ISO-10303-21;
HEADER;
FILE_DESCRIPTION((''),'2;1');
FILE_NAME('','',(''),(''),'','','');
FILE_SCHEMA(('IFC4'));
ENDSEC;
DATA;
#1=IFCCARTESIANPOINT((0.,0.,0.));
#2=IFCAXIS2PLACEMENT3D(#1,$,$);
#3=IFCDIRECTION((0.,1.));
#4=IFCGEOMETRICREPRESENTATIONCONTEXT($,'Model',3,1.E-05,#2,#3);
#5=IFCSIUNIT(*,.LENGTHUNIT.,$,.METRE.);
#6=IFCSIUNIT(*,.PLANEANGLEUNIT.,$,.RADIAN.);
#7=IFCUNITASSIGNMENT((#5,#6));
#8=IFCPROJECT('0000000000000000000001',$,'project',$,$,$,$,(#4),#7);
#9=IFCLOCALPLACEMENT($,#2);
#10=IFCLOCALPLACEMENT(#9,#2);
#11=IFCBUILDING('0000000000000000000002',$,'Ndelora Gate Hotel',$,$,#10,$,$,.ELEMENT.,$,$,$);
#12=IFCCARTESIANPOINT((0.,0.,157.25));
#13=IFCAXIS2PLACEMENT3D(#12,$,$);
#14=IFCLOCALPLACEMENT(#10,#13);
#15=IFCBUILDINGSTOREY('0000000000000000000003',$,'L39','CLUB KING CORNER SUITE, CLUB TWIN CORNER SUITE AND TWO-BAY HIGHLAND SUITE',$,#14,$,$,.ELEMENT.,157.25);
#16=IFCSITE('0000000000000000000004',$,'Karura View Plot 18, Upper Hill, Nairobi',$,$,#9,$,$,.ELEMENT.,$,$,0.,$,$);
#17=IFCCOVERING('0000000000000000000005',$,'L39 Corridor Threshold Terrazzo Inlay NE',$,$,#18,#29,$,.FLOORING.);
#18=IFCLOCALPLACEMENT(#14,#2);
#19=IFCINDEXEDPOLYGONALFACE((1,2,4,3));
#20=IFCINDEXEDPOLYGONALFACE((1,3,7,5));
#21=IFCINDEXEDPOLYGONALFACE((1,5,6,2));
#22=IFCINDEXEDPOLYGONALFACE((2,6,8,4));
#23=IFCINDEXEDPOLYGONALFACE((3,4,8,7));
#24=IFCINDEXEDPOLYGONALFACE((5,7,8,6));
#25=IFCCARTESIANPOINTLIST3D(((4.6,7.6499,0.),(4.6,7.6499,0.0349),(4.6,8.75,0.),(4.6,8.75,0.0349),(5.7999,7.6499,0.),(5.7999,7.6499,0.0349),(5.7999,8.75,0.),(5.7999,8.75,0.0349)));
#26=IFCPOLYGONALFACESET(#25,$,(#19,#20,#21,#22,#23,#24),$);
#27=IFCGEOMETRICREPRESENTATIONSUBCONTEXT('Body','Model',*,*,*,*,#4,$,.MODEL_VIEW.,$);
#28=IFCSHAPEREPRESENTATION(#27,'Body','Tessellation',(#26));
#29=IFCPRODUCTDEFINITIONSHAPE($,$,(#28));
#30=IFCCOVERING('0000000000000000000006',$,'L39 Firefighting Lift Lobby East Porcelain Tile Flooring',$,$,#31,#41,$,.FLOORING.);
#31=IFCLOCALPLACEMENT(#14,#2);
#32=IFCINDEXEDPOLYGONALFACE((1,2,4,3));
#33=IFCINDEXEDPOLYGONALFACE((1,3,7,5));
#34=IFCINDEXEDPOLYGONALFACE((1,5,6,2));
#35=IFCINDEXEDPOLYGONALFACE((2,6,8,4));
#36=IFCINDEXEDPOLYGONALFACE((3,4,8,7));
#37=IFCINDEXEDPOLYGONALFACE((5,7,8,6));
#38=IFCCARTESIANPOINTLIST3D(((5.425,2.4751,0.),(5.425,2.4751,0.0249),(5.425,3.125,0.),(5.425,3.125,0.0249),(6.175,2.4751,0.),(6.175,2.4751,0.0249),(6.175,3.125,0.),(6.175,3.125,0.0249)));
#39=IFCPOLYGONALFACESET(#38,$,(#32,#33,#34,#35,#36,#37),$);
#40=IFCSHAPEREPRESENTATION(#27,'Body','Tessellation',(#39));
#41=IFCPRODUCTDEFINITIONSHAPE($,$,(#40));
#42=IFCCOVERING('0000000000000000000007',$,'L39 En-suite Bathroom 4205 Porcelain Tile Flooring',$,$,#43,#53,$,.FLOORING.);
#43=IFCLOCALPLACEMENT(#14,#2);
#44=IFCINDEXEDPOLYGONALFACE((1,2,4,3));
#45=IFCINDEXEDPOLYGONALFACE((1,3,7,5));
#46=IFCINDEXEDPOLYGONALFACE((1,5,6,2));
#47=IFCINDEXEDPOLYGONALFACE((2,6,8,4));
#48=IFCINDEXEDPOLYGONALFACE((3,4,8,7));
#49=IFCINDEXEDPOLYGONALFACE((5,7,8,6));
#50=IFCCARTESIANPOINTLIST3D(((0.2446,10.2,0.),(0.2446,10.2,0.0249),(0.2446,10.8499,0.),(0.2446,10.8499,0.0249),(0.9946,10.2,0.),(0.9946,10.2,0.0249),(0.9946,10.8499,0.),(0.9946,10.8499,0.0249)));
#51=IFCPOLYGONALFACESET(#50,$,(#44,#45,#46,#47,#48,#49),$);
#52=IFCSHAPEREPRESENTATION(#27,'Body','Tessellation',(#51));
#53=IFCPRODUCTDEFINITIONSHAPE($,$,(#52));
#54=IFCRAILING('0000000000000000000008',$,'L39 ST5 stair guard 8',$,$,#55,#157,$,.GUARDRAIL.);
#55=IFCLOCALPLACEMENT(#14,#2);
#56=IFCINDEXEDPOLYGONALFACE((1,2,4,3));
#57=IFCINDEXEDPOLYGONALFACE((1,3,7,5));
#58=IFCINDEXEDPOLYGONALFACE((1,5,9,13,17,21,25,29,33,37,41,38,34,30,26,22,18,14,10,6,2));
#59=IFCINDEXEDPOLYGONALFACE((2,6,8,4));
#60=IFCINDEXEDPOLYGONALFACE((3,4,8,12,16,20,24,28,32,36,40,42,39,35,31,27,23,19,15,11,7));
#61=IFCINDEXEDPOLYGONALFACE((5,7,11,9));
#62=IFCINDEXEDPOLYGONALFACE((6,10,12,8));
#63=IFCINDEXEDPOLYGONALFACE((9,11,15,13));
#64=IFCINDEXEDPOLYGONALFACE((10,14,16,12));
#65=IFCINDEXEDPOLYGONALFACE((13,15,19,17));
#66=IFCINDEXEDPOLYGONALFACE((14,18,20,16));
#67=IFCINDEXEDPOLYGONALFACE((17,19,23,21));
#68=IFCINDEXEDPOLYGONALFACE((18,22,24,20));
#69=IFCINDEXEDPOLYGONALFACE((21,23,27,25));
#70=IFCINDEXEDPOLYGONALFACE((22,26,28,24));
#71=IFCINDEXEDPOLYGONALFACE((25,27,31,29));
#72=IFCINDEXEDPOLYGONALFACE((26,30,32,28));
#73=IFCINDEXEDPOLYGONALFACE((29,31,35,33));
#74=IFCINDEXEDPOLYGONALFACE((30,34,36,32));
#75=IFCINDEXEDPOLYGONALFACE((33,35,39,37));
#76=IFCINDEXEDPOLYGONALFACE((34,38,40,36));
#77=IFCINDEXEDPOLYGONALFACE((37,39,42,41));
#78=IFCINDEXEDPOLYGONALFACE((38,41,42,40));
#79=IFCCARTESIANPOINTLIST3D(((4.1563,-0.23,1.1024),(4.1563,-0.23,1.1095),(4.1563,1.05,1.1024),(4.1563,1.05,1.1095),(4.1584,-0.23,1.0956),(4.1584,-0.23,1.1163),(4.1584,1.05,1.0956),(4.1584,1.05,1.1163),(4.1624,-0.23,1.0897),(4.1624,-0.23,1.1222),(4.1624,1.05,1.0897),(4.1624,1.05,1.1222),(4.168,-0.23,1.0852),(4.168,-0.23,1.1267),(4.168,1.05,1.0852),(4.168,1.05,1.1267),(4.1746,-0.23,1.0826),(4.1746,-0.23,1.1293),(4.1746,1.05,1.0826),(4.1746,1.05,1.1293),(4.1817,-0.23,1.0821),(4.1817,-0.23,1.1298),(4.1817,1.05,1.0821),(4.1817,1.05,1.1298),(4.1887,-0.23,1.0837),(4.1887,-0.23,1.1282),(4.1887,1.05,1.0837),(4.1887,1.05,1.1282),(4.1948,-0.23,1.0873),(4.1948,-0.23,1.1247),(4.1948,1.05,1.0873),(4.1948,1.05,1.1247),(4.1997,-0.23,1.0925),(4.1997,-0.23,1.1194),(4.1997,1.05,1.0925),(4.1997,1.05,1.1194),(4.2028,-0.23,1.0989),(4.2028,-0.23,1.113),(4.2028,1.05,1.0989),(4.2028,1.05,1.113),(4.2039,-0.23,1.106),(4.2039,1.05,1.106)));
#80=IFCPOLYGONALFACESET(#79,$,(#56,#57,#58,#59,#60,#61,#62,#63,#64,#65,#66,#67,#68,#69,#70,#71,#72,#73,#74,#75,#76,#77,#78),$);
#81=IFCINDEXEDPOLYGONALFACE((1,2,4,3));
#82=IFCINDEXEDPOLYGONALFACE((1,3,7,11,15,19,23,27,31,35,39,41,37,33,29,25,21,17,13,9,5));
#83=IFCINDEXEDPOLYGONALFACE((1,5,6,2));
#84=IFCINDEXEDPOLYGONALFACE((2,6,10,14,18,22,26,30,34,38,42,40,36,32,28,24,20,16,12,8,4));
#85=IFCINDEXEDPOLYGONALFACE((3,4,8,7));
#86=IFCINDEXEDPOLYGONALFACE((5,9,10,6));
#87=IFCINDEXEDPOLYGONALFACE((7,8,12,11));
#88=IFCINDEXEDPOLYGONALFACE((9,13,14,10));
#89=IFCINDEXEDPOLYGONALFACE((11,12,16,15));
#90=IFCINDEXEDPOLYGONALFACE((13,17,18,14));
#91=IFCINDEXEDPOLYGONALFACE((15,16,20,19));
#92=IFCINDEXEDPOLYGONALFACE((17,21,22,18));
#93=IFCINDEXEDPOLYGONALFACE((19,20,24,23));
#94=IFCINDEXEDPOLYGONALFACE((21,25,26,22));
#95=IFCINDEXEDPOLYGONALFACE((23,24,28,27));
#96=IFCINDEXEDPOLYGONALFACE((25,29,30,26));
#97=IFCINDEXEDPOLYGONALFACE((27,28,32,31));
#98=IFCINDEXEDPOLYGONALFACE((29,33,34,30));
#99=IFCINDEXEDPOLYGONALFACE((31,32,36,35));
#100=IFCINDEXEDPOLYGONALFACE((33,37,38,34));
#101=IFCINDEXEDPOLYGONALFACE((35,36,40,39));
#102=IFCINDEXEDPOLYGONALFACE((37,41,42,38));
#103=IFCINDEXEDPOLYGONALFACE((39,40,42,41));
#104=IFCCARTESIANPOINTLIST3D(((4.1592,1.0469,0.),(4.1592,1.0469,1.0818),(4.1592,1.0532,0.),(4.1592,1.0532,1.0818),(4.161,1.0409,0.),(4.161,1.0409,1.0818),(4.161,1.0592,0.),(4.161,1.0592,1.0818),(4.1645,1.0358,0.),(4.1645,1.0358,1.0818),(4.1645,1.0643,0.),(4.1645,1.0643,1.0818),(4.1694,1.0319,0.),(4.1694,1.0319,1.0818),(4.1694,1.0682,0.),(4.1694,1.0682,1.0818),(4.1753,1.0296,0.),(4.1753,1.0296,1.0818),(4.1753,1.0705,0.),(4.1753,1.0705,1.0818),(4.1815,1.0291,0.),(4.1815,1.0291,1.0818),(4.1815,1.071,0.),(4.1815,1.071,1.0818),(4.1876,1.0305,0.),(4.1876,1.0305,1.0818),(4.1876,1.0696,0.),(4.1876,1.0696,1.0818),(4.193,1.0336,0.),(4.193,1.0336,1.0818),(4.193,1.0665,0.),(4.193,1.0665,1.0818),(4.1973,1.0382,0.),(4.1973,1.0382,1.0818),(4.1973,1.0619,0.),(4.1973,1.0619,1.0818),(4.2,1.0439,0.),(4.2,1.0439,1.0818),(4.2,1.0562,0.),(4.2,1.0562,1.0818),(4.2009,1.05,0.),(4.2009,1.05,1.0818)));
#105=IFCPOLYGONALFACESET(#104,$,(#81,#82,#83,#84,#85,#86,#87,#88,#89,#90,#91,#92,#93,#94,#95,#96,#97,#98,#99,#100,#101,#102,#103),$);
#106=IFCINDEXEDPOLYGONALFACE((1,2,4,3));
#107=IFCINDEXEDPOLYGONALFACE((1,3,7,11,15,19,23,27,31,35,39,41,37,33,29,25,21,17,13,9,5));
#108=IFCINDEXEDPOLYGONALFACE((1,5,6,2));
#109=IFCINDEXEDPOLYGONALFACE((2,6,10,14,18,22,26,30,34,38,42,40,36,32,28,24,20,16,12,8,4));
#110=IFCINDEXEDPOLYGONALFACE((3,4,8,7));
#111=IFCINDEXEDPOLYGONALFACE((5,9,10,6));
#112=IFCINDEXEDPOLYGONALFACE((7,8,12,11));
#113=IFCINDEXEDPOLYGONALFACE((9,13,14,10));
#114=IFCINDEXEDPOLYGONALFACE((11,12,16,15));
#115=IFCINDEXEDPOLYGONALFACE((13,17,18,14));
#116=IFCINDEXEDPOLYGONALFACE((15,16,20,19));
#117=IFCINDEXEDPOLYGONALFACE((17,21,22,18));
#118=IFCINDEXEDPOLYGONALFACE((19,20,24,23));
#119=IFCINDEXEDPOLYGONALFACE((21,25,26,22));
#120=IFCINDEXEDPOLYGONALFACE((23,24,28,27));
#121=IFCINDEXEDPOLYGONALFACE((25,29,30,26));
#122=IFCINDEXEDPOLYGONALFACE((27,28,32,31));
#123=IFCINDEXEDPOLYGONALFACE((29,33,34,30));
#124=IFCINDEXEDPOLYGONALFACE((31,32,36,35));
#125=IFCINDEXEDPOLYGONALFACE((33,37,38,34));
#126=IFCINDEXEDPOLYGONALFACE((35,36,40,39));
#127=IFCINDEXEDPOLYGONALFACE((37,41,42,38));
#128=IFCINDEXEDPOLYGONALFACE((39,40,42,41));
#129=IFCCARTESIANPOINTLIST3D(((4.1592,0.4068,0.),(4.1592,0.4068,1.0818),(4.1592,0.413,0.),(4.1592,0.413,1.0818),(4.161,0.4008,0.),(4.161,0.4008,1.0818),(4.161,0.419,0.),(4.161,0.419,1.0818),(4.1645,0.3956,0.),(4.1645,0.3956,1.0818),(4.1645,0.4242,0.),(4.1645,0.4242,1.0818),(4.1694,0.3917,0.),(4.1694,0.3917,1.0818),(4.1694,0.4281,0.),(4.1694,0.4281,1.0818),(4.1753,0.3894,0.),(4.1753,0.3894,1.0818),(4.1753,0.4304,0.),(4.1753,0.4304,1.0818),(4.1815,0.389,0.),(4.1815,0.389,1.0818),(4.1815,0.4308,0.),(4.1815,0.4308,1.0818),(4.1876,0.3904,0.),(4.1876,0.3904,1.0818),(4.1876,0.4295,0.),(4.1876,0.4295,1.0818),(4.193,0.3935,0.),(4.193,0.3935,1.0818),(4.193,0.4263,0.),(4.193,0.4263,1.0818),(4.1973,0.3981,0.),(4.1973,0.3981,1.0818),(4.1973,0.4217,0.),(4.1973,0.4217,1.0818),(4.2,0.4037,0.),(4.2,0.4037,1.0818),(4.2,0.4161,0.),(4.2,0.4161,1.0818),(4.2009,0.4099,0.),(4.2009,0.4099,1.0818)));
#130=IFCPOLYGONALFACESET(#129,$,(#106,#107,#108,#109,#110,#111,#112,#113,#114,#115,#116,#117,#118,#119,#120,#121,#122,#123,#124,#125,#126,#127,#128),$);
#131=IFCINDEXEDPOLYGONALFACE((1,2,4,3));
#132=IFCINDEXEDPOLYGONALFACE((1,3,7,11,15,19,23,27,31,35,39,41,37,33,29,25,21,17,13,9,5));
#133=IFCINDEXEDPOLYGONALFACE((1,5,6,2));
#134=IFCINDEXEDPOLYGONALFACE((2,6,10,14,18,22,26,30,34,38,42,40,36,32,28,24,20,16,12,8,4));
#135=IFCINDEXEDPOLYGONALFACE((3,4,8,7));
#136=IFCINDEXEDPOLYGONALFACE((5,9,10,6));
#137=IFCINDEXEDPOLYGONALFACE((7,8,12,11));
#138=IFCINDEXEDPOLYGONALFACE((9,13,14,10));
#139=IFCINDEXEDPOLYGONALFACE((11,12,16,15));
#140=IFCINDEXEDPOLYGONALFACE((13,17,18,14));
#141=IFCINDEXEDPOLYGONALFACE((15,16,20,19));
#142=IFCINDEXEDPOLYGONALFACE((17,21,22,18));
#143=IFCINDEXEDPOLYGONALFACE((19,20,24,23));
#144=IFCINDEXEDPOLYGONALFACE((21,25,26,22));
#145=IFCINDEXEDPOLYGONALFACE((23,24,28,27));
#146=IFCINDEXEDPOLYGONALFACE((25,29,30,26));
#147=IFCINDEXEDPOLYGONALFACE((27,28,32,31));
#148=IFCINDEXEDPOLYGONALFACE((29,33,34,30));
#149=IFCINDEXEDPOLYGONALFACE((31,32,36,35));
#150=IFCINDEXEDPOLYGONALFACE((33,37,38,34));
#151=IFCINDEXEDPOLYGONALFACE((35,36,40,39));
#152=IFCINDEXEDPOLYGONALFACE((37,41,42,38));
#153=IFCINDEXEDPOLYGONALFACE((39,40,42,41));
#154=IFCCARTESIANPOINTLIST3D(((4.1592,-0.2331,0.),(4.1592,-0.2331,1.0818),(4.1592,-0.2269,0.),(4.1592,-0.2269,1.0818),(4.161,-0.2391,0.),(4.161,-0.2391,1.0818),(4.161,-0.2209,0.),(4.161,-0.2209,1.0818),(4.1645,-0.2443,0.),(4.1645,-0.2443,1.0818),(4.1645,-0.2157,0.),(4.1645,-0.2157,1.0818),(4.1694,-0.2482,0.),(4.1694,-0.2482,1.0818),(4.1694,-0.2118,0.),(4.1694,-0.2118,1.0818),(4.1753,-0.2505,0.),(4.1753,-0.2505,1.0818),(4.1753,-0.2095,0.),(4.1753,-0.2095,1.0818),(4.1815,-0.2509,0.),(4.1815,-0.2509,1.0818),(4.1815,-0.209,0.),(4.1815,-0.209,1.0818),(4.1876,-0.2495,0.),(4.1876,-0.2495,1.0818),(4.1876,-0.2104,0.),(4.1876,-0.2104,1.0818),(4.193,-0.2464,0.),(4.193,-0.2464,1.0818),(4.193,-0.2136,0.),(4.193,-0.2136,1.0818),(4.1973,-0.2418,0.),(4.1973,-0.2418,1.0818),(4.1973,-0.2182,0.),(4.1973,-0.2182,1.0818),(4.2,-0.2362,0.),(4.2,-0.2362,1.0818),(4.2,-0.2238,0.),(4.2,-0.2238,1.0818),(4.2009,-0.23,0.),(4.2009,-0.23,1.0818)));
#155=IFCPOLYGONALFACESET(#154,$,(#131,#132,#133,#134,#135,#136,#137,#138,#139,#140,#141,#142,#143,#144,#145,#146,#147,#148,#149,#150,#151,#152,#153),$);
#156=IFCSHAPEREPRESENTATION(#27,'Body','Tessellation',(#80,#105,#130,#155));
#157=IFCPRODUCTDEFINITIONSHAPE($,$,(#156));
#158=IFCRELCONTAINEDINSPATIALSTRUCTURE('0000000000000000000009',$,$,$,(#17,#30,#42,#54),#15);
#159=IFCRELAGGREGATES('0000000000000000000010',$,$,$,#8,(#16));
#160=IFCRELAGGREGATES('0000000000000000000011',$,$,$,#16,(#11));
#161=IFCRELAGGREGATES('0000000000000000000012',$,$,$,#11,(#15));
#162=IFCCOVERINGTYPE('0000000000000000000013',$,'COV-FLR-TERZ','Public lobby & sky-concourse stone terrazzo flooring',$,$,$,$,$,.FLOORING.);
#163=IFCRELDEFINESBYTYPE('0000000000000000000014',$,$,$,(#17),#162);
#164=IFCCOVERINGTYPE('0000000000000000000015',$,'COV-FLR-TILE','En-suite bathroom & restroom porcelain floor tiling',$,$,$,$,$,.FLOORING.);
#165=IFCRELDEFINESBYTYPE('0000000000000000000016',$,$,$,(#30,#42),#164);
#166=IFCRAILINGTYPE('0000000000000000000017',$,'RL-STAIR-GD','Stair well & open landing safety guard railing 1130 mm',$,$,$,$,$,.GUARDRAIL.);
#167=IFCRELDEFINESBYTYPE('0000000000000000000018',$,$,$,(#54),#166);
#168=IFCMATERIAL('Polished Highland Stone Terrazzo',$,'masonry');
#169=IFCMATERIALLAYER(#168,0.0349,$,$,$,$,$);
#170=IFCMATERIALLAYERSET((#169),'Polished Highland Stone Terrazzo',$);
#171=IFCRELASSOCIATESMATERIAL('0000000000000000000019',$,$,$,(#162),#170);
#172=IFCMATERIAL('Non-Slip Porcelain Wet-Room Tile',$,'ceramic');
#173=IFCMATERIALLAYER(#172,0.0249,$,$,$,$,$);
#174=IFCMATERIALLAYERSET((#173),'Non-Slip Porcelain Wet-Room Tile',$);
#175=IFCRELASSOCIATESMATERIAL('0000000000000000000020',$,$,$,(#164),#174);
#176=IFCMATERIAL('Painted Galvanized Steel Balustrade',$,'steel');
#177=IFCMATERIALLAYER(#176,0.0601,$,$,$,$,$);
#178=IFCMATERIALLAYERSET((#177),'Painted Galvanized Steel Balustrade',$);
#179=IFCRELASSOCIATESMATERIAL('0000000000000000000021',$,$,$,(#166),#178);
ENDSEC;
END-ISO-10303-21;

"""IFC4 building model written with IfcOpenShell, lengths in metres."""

from ifc_helpers import new_model, si_unit, direction, frame, origin, origin_2d, place, context, subcontext, project, spatial, rectangle, circle, extrude, material, layer, layer_set, type_object, element, save


model = new_model("IFC4")

# Units and contexts
model_context = context("Model", 3, precision=1e-05, world=origin(), true_north=direction((0.0, 1.0)))
body_context = subcontext(model_context, "Body", "Model", "MODEL_VIEW")
ifc_project = project(units=[si_unit("LENGTHUNIT", "METRE"), si_unit("PLANEANGLEUNIT", "RADIAN")], contexts=[model_context])

# Site, building, storey
site_placement = place(None, origin())
site = spatial("IfcSite", under=ifc_project, at=site_placement, Name="Karura View Plot 18, Upper Hill, Nairobi", CompositionType="ELEMENT", RefElevation=0.0)
building_placement = place(site_placement, origin())
building = spatial("IfcBuilding", under=site, at=building_placement, Name="Ndelora Gate Hotel", CompositionType="ELEMENT")
storey_placement = place(building_placement, frame((0.0, 0.0, 157.25)))
storey = spatial("IfcBuildingStorey", under=building, at=storey_placement, Name="L39", Description="CLUB KING CORNER SUITE, CLUB TWIN CORNER SUITE AND TWO-BAY HIGHLAND SUITE", CompositionType="ELEMENT", Elevation=157.25)

# Coverings
ifc_material_1 = material(Name="Polished Highland Stone Terrazzo", Category="masonry")
ifc_layer_1 = layer(ifc_material_1, 0.0349)
ifc_layer_set_1 = layer_set([ifc_layer_1], Name="Polished Highland Stone Terrazzo")
covering_type_1 = type_object("IfcCoveringType", Name="COV-FLR-TERZ", Description="Public lobby & sky-concourse stone terrazzo flooring", PredefinedType="FLOORING", material=ifc_layer_set_1)
covering_1_placement = place(storey_placement, frame((5.2, 8.2, 0.0), z_axis=(0.0, 0.0, 1.0), x_axis=(1.0, 0.0, 0.0)))
element("IfcCovering", 1, at=covering_1_placement, inside=storey, type_object=covering_type_1, Name="L39 Corridor Threshold Terrazzo Inlay NE", PredefinedType="FLOORING", context=body_context, shape_type="SweptSolid", body=[
    extrude(rectangle(XDim=1.2, YDim=1.1001, at=origin_2d()), origin(), (0.0, 0.0, 1.0), 0.0349),
])
ifc_material_2 = material(Name="Non-Slip Porcelain Wet-Room Tile", Category="ceramic")
ifc_layer_2 = layer(ifc_material_2, 0.0249)
ifc_layer_set_2 = layer_set([ifc_layer_2], Name="Non-Slip Porcelain Wet-Room Tile")
covering_type_2 = type_object("IfcCoveringType", Name="COV-FLR-TILE", Description="En-suite bathroom & restroom porcelain floor tiling", PredefinedType="FLOORING", material=ifc_layer_set_2)
for number, where, z_axis, x_axis, name in (
    (2, (5.8, 2.8, 0.0), (0.0, 0.0, 1.0), (1.0, 0.0, 0.0), "L39 Firefighting Lift Lobby East Porcelain Tile Flooring"),
    (3, (0.6196, 10.5249, 0.0), (0.0, 0.0, 1.0), (1.0, 0.0, 0.0), "L39 En-suite Bathroom 4205 Porcelain Tile Flooring"),
):
    element("IfcCovering", number, at=place(storey_placement, frame(where, z_axis=z_axis, x_axis=x_axis)), inside=storey, type_object=covering_type_2, Name=name, PredefinedType="FLOORING", context=body_context, shape_type="SweptSolid", body=[
        extrude(rectangle(XDim=0.75, YDim=0.6499, at=origin_2d()), origin(), (0.0, 0.0, 1.0), 0.0249),
    ])

# Railing
ifc_material_3 = material(Name="Painted Galvanized Steel Balustrade", Category="steel")
ifc_layer_3 = layer(ifc_material_3, 0.0601)
ifc_layer_set_3 = layer_set([ifc_layer_3], Name="Painted Galvanized Steel Balustrade")
railing_type = type_object("IfcRailingType", Name="RL-STAIR-GD", Description="Stair well & open landing safety guard railing 1130 mm", PredefinedType="GUARDRAIL", material=ifc_layer_set_3)
for number, where, name in (
    (4, (4.1799, 1.05, 0.0), "L39 ST5 stair guard 8"),
):
    element("IfcRailing", number, at=place(storey_placement, frame(where)), inside=storey, type_object=railing_type, Name=name, PredefinedType="GUARDRAIL", context=body_context, shape_type="SweptSolid", body=[
        extrude(circle(Radius=0.0239, at=origin_2d()), frame((0.0, 0.0, 1.106), z_axis=(0.0, -1.0, 0.0), x_axis=(1.0, 0.0, 0.0)), (0.0, 0.0, 1.0), 1.28),
        extrude(circle(Radius=0.021, at=origin_2d()), origin(), (0.0, 0.0, 1.0), 1.0818),
        extrude(circle(Radius=0.021, at=origin_2d()), frame((0.0, -0.6401, 0.0)), (0.0, 0.0, 1.0), 1.0818),
        extrude(circle(Radius=0.021, at=origin_2d()), frame((0.0, -1.28, 0.0)), (0.0, 0.0, 1.0), 1.0818),
    ])

save(model, "model.ifc")
